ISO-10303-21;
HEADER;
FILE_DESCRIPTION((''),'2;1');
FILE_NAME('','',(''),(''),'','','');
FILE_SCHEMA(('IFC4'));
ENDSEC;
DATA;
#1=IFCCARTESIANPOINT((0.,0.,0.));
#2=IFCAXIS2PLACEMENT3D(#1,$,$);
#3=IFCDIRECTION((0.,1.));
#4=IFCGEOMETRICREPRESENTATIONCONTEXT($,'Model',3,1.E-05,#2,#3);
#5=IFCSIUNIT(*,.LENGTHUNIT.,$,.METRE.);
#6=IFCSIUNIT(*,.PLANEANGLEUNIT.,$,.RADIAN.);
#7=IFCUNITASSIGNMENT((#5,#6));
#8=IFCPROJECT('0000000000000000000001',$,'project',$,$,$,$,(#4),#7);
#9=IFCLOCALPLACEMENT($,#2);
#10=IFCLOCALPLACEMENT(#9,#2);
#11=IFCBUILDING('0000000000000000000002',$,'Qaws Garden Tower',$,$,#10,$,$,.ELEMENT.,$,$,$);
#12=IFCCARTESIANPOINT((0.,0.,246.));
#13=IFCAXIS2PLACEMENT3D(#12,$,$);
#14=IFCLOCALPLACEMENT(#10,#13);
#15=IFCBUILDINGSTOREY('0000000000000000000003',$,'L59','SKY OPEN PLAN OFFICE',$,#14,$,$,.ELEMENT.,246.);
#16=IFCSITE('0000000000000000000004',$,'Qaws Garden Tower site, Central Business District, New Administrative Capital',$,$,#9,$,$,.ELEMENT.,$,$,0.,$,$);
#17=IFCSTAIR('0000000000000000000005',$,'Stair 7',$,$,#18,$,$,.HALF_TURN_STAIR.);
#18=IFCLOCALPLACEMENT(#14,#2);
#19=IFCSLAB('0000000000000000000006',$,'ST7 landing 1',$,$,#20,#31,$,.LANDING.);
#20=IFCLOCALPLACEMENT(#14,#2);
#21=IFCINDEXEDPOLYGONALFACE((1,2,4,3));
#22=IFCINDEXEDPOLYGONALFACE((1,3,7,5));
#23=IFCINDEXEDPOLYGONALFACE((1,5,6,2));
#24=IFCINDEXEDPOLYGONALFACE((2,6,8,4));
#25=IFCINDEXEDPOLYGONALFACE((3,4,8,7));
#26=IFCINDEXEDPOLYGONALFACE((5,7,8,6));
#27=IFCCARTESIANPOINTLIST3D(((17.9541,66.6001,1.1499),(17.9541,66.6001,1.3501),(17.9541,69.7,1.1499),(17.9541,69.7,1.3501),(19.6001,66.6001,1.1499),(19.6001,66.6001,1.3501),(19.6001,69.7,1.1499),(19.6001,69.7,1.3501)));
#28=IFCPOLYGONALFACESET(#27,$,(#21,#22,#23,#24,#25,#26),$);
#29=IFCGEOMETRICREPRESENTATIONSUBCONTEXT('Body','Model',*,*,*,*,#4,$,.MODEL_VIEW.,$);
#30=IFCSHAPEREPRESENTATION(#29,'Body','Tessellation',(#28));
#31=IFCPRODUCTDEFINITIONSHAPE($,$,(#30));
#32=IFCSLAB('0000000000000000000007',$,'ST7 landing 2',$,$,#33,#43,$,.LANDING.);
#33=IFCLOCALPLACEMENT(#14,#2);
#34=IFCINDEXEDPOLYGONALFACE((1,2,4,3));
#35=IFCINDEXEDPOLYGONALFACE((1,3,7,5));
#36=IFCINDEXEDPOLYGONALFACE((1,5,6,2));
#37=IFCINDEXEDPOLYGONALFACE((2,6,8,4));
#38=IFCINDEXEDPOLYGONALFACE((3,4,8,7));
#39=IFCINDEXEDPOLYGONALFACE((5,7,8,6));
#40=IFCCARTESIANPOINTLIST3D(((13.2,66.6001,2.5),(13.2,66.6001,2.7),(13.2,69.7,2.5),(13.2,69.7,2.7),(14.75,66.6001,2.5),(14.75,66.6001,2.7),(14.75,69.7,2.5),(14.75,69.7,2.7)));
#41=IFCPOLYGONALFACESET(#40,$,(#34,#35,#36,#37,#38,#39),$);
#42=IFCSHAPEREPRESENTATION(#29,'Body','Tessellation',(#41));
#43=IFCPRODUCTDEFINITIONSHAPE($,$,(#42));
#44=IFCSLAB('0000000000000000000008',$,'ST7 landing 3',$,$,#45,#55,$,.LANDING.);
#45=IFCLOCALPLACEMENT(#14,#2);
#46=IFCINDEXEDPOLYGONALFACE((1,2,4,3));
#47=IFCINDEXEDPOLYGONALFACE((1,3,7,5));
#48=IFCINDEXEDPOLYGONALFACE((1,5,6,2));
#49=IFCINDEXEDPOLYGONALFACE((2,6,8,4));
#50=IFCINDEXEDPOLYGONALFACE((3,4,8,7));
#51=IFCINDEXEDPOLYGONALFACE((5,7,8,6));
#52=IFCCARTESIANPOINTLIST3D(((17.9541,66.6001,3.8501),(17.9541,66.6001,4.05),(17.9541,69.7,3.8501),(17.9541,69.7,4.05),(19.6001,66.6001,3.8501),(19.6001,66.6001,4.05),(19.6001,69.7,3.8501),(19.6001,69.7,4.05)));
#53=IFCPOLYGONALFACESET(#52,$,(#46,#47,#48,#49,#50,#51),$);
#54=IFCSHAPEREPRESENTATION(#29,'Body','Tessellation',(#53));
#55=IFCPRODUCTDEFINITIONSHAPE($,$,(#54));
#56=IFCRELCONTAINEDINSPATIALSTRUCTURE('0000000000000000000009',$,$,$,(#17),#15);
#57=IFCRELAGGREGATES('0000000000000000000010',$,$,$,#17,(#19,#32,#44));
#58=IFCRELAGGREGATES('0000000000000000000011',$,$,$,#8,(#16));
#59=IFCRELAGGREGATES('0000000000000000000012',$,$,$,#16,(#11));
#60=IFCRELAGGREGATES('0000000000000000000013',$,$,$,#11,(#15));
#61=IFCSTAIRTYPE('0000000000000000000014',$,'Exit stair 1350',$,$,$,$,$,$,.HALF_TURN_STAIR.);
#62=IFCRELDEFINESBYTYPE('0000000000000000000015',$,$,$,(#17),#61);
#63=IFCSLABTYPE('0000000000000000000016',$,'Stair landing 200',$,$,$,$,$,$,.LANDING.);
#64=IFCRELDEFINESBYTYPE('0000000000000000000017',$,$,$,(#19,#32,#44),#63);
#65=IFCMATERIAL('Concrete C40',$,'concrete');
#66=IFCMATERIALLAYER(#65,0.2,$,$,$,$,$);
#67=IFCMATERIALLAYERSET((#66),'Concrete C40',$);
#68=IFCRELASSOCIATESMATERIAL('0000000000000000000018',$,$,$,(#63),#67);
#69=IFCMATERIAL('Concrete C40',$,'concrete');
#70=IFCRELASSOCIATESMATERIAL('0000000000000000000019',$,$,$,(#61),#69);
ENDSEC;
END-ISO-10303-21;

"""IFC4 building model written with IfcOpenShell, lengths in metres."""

from ifc_helpers import new_model, si_unit, direction, frame, origin, place, context, subcontext, project, spatial, polyline, outline, extrude, material, layer, layer_set, type_object, element, aggregate, save


model = new_model("IFC4")

# Units and contexts
model_context = context("Model", 3, precision=1e-05, world=origin(), true_north=direction((0.0, 1.0)))
body_context = subcontext(model_context, "Body", "Model", "MODEL_VIEW")
ifc_project = project(units=[si_unit("LENGTHUNIT", "METRE"), si_unit("PLANEANGLEUNIT", "RADIAN")], contexts=[model_context])

# Site, building, storey
site_placement = place(None, origin())
site = spatial("IfcSite", under=ifc_project, at=site_placement, Name="Qaws Garden Tower site, Central Business District, New Administrative Capital", CompositionType="ELEMENT", RefElevation=0.0)
building_placement = place(site_placement, origin())
building = spatial("IfcBuilding", under=site, at=building_placement, Name="Qaws Garden Tower", CompositionType="ELEMENT")
storey_placement = place(building_placement, frame((0.0, 0.0, 246.0)))
storey = spatial("IfcBuildingStorey", under=building, at=storey_placement, Name="L59", Description="SKY OPEN PLAN OFFICE", CompositionType="ELEMENT", Elevation=246.0)

# Stair, slabs
placement_1 = place(storey_placement, origin())
ifc_material_1 = material(Name="Concrete C40", Category="concrete")
ifc_layer = layer(ifc_material_1, 0.2)
ifc_layer_set = layer_set([ifc_layer], Name="Concrete C40")
slab_type = type_object("IfcSlabType", Name="Stair landing 200", PredefinedType="LANDING", material=ifc_layer_set)
placement_2 = place(storey_placement, frame((0.0, 0.0, 2.5)))
placement_3 = place(storey_placement, frame((0.0, 0.0, 3.8501)))
placement_4 = place(storey_placement, frame((0.0, 0.0, 1.1499)))
ifc_material_2 = material(Name="Concrete C40", Category="concrete")
stair_type_1 = type_object("IfcStairType", Name="Exit stair 1350", PredefinedType="HALF_TURN_STAIR", material=ifc_material_2)
stair_1 = element("IfcStair", 1, at=placement_1, inside=storey, type_object=stair_type_1, Name="Stair 7", PredefinedType="HALF_TURN_STAIR")
slab_1 = element("IfcSlab", 2, at=placement_4, type_object=slab_type, Name="ST7 landing 1", PredefinedType="LANDING", context=body_context, shape_type="SweptSolid", body=[
    extrude(outline(polyline([(17.9541, 66.6001), (19.6001, 66.6001), (19.6001, 69.7), (17.9541, 69.7), (17.9541, 66.6001)])), origin(), (0.0, 0.0, 1.0), 0.2002),
])
slab_2 = element("IfcSlab", 3, at=placement_2, type_object=slab_type, Name="ST7 landing 2", PredefinedType="LANDING", context=body_context, shape_type="SweptSolid", body=[
    extrude(outline(polyline([(13.2, 66.6001), (14.75, 66.6001), (14.75, 69.7), (13.2, 69.7), (13.2, 66.6001)])), origin(), (0.0, 0.0, 1.0), 0.2),
])
slab_3 = element("IfcSlab", 4, at=placement_3, type_object=slab_type, Name="ST7 landing 3", PredefinedType="LANDING", context=body_context, shape_type="SweptSolid", body=[
    extrude(outline(polyline([(17.9541, 66.6001), (19.6001, 66.6001), (19.6001, 69.7), (17.9541, 69.7), (17.9541, 66.6001)])), origin(), (0.0, 0.0, 1.0), 0.2),
])
aggregate(stair_1, [slab_1, slab_2, slab_3])

save(model, "model.ifc")
